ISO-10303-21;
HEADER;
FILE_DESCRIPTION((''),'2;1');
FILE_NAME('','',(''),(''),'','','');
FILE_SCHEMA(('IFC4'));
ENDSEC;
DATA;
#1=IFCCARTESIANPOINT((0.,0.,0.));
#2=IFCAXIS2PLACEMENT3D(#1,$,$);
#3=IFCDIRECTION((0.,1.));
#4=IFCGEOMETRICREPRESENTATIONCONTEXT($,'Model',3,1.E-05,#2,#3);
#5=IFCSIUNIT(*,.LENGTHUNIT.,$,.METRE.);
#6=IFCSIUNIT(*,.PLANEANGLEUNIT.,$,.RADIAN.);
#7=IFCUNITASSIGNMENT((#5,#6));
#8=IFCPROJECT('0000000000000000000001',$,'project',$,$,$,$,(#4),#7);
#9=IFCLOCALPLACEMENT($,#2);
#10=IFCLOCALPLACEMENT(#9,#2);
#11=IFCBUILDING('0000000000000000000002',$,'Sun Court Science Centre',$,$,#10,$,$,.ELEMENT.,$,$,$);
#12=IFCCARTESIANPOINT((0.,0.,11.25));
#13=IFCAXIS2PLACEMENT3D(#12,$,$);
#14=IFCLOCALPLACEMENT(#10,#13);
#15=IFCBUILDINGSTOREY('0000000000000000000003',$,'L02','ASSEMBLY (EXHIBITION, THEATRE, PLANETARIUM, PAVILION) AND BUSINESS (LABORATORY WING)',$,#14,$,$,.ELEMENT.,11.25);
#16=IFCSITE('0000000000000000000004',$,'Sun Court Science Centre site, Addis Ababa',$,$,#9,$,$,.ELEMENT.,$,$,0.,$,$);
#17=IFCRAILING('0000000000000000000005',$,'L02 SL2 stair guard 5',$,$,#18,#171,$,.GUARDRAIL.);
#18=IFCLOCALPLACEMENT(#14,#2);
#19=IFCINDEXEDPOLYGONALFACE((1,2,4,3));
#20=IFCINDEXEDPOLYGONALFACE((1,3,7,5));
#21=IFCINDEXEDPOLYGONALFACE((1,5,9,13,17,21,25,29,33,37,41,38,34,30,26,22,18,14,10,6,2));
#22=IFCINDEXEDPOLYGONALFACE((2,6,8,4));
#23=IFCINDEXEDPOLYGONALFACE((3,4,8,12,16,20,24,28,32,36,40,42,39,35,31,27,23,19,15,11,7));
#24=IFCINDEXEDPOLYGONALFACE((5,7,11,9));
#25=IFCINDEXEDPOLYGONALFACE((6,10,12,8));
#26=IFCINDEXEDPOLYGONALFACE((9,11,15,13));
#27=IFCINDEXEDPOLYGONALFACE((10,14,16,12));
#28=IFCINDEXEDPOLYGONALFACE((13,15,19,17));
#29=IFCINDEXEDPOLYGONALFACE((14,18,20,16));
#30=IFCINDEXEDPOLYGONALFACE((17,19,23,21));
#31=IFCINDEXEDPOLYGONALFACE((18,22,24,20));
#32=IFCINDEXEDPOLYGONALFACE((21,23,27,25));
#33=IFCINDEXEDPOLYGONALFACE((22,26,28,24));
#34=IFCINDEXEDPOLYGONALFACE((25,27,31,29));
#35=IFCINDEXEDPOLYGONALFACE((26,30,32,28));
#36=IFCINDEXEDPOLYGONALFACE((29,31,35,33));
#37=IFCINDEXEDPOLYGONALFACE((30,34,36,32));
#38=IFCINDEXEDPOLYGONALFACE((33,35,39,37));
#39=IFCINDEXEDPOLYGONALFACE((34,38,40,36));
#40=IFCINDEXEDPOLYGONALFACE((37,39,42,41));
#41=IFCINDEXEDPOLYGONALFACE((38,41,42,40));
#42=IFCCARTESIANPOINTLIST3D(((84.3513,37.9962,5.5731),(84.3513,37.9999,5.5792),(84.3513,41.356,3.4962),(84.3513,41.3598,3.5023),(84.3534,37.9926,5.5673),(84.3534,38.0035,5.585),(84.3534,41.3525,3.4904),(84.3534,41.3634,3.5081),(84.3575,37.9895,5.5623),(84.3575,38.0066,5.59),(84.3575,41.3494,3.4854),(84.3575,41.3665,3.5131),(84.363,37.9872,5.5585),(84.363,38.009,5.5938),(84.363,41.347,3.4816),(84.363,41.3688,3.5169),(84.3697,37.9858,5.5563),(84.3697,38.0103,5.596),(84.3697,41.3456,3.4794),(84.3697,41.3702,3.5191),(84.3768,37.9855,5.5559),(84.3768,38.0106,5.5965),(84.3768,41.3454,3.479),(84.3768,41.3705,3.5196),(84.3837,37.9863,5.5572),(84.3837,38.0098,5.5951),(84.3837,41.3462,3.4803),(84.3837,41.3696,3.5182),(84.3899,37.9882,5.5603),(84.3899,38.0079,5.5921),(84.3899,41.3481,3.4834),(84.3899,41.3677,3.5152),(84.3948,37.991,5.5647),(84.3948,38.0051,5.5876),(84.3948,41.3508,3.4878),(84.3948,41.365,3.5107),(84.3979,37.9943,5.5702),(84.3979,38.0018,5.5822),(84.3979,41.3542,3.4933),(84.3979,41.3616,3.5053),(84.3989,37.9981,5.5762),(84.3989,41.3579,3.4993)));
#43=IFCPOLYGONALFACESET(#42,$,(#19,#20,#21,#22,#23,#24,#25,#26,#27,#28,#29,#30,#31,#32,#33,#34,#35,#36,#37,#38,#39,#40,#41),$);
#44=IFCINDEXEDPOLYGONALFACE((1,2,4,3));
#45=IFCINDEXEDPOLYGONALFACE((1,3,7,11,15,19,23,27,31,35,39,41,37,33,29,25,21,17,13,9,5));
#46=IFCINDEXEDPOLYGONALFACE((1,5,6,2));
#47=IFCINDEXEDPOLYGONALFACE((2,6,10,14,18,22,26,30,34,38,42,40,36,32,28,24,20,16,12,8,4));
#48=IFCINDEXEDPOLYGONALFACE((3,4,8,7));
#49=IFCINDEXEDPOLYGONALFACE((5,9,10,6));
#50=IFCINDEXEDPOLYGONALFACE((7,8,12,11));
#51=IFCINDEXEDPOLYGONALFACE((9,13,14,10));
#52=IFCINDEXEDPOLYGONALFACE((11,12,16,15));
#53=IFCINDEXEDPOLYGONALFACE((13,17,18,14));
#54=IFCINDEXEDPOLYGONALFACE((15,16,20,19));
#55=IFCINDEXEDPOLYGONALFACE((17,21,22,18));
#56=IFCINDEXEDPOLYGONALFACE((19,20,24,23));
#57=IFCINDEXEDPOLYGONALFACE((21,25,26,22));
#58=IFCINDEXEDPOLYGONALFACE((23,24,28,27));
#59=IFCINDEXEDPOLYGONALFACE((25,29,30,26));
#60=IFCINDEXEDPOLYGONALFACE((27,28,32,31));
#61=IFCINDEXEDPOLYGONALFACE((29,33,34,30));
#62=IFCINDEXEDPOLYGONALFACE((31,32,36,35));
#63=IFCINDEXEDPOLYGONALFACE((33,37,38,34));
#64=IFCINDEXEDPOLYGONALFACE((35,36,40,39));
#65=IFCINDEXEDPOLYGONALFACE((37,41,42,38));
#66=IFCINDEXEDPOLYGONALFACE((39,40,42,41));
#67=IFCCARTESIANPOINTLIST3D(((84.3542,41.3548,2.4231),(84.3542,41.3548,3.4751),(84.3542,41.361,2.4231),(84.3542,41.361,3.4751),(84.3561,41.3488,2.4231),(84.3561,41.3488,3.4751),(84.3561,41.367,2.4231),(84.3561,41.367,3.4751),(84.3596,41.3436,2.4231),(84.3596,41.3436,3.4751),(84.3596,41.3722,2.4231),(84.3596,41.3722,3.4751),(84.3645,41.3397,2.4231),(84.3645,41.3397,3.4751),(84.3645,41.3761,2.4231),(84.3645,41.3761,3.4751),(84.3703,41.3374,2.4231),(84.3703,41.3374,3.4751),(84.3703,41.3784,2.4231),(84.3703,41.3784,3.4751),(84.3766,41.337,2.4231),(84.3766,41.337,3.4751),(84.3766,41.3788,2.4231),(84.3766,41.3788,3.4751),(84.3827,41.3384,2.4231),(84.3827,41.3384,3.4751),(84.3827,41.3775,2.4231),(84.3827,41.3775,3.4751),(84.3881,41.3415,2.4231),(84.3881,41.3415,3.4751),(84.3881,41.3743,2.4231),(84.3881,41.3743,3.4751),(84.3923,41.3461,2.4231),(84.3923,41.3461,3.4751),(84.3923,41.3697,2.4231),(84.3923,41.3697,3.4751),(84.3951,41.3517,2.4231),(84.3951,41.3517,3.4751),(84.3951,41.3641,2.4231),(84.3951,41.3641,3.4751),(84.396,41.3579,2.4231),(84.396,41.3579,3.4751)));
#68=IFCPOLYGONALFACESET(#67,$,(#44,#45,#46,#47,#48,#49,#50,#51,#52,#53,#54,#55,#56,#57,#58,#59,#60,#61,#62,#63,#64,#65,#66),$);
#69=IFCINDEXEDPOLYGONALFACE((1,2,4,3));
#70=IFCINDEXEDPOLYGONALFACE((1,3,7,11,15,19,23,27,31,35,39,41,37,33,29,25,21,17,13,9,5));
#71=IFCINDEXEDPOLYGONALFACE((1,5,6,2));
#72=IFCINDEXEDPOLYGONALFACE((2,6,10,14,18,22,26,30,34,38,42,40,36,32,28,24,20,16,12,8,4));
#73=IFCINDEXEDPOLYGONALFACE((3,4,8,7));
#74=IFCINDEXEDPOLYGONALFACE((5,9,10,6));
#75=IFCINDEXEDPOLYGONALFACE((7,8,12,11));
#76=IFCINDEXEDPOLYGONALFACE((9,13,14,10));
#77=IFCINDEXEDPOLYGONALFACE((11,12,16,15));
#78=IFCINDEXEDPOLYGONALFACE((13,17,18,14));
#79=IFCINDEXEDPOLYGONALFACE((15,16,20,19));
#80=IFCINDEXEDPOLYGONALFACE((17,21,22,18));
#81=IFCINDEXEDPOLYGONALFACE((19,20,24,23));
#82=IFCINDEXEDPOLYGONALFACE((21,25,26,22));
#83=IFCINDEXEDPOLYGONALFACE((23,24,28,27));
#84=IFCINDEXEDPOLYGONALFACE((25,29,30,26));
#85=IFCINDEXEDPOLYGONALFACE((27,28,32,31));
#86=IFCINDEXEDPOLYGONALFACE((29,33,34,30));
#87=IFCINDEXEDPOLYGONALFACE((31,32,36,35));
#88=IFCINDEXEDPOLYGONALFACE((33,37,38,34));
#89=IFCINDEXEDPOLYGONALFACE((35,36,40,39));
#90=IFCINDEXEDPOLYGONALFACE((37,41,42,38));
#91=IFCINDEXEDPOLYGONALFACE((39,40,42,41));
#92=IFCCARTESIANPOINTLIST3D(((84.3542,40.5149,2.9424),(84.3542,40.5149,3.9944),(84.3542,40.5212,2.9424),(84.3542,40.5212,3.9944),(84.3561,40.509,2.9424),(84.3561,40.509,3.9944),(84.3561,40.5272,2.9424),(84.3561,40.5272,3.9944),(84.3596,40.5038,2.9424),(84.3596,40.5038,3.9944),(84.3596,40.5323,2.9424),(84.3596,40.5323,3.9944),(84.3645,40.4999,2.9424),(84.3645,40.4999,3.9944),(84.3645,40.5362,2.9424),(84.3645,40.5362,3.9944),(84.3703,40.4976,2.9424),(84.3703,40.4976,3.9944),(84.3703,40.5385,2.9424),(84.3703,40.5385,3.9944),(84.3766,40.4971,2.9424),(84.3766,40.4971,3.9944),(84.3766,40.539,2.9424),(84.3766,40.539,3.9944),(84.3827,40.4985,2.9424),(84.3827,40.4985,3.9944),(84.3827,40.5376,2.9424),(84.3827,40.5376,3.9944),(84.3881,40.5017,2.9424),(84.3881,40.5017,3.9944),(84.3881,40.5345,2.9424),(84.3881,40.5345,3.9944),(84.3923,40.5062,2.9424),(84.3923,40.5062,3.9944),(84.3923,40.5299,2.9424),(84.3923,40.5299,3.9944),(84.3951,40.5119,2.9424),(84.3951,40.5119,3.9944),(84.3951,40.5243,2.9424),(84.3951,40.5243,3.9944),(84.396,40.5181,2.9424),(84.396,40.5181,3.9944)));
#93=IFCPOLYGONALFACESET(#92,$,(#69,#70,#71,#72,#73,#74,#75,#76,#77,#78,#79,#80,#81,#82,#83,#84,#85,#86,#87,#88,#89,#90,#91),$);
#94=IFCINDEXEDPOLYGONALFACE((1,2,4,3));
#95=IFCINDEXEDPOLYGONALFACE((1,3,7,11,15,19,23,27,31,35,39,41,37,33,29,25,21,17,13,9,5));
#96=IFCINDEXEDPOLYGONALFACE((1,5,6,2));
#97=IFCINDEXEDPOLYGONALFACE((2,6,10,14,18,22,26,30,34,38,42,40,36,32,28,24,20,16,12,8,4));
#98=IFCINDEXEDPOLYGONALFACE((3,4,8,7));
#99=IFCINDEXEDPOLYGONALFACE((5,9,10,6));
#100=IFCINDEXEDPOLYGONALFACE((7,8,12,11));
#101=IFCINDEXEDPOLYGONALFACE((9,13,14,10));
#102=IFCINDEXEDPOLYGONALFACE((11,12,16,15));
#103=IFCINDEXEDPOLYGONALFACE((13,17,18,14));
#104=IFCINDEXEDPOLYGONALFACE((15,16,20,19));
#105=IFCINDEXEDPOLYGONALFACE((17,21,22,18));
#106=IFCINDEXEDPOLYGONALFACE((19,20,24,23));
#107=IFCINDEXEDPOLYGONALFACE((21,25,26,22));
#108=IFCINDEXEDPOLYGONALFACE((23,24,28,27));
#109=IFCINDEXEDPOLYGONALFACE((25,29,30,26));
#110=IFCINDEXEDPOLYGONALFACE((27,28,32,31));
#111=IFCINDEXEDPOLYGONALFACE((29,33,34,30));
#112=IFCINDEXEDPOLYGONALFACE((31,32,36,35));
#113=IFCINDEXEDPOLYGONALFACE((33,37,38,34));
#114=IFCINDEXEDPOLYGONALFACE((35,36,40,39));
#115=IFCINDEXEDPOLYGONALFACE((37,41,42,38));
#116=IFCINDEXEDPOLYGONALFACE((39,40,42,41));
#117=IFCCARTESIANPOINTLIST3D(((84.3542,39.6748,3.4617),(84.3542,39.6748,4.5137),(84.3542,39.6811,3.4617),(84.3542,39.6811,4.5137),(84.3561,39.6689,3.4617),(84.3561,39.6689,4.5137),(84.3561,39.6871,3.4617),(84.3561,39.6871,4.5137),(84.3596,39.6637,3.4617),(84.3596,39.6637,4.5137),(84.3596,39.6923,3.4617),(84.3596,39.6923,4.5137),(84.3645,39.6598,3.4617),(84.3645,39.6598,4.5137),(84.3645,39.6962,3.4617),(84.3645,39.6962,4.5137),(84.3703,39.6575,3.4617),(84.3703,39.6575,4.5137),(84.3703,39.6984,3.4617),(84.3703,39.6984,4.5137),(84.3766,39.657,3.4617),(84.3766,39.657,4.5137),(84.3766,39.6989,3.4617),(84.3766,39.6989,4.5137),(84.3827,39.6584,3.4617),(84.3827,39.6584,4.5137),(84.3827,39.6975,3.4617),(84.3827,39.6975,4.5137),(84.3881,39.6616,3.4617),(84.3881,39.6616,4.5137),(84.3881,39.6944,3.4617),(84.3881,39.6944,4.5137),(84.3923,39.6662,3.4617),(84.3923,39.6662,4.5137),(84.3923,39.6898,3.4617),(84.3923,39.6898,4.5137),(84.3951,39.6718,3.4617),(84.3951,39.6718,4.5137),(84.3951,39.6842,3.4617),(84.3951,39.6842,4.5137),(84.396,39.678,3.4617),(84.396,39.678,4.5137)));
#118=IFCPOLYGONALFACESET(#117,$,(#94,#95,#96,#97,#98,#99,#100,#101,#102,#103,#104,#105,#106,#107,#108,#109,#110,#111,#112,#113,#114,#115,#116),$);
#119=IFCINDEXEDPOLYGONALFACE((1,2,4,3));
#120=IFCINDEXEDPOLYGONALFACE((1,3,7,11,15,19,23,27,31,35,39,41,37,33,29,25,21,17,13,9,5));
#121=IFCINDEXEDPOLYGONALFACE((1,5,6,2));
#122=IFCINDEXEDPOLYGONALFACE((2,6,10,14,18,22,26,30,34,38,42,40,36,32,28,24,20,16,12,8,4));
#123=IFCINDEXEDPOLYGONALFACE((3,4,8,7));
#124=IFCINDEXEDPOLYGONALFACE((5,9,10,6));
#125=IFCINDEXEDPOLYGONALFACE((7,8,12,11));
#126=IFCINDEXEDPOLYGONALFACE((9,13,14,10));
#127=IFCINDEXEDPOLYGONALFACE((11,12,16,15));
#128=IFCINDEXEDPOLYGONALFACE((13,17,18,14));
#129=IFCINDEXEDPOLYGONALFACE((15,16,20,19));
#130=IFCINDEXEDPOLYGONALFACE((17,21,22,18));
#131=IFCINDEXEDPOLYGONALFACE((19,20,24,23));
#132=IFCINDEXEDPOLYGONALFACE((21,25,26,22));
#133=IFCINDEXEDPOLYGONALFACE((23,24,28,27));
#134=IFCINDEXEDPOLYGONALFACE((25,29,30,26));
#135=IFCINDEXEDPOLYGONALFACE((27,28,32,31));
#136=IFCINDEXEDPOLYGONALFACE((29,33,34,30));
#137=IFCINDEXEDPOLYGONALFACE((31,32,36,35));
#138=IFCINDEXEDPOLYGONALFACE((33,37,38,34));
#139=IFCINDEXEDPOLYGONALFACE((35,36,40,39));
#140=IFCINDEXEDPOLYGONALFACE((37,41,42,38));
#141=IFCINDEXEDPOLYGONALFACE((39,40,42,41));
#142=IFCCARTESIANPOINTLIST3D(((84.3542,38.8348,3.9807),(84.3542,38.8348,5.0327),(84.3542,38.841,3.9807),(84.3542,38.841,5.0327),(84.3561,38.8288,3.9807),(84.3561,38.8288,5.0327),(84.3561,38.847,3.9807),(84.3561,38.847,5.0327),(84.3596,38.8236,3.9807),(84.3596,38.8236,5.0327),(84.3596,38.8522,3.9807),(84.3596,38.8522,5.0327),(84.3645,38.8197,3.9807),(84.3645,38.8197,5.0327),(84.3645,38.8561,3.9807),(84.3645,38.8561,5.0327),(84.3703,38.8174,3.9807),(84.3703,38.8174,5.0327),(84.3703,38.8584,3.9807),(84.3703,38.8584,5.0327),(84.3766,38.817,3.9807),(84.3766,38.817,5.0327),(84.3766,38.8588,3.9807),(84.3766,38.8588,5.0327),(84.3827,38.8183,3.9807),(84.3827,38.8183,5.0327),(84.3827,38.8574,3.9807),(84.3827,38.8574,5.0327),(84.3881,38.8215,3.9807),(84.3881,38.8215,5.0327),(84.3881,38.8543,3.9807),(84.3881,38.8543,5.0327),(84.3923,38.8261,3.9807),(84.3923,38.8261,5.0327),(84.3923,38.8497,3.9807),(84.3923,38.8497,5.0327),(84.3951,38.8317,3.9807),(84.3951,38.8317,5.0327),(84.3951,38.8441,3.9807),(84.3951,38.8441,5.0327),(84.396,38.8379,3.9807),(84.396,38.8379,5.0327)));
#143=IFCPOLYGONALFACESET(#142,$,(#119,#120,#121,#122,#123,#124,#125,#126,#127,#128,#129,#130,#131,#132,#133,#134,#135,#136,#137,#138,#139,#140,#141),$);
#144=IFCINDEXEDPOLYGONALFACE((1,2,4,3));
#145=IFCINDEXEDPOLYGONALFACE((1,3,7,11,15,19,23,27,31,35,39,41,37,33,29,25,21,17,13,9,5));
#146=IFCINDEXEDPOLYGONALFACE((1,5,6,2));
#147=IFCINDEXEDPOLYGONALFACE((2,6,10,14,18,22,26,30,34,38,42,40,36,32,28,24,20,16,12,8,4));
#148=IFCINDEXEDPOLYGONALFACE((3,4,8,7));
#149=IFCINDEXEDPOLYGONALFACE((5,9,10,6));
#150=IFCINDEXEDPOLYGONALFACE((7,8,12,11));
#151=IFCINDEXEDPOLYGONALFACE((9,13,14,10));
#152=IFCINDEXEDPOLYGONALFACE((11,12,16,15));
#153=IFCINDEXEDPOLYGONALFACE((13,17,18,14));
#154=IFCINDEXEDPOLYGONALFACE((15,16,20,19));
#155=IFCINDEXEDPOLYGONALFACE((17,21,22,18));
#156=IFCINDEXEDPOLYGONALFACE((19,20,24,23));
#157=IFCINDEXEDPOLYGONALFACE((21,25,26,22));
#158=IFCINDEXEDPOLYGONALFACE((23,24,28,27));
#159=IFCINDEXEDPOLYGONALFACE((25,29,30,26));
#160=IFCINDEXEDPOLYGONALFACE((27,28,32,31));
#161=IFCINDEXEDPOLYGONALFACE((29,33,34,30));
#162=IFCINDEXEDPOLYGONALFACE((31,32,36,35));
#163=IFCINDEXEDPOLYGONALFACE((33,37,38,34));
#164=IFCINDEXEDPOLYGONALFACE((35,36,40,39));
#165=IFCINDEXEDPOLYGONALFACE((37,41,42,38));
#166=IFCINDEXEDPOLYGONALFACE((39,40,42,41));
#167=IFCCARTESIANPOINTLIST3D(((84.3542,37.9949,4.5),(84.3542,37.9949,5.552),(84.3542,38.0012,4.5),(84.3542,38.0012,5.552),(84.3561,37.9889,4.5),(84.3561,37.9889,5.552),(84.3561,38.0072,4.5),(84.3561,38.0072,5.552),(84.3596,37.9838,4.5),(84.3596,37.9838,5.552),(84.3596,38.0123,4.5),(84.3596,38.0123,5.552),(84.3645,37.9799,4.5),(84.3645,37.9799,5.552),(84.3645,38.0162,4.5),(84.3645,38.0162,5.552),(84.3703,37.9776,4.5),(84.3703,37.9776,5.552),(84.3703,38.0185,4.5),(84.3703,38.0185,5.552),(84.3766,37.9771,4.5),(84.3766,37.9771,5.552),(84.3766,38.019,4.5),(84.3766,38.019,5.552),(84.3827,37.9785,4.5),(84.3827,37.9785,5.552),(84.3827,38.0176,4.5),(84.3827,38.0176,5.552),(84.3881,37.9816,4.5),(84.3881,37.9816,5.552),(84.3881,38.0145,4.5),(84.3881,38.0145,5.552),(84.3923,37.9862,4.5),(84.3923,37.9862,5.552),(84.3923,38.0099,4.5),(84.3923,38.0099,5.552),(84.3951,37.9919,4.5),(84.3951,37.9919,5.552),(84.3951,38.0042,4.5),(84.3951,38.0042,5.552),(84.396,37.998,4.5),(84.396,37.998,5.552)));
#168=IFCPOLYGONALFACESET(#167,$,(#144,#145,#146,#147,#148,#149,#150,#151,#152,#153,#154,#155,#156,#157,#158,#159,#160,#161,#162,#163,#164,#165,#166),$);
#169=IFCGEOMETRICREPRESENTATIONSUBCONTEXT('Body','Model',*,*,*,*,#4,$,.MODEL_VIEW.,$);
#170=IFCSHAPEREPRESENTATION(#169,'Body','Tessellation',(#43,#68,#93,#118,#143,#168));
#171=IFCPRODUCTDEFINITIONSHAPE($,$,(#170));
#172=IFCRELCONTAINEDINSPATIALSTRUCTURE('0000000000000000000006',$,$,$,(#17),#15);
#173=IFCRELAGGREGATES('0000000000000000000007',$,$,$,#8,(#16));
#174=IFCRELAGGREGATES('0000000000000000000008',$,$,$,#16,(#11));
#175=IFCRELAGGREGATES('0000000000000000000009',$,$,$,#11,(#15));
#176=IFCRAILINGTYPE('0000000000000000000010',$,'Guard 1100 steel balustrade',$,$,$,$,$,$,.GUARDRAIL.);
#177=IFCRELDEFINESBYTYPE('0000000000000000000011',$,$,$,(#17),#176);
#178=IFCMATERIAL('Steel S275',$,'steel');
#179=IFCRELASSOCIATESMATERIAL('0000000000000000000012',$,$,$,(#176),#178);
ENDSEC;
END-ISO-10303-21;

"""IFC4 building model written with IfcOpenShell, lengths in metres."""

from ifc_helpers import new_model, si_unit, direction, frame, origin, origin_2d, place, context, subcontext, project, spatial, circle, extrude, material, type_object, element, save


model = new_model("IFC4")

# Units and contexts
model_context = context("Model", 3, precision=1e-05, world=origin(), true_north=direction((0.0, 1.0)))
body_context = subcontext(model_context, "Body", "Model", "MODEL_VIEW")
ifc_project = project(units=[si_unit("LENGTHUNIT", "METRE"), si_unit("PLANEANGLEUNIT", "RADIAN")], contexts=[model_context])

# Site, building, storey
site_placement = place(None, origin())
site = spatial("IfcSite", under=ifc_project, at=site_placement, Name="Sun Court Science Centre site, Addis Ababa", CompositionType="ELEMENT", RefElevation=0.0)
building_placement = place(site_placement, origin())
building = spatial("IfcBuilding", under=site, at=building_placement, Name="Sun Court Science Centre", CompositionType="ELEMENT")
storey_placement = place(building_placement, frame((0.0, 0.0, 11.25)))
storey = spatial("IfcBuildingStorey", under=building, at=storey_placement, Name="L02", Description="ASSEMBLY (EXHIBITION, THEATRE, PLANETARIUM, PAVILION) AND BUSINESS (LABORATORY WING)", CompositionType="ELEMENT", Elevation=11.25)

# Railing
ifc_material_1 = material(Name="Steel S275", Category="steel")
railing_type_1 = type_object("IfcRailingType", Name="Guard 1100 steel balustrade", PredefinedType="GUARDRAIL", material=ifc_material_1)
railing_1_placement = place(storey_placement, frame((84.375, 41.3579, 2.4231)))
element("IfcRailing", 1, at=railing_1_placement, inside=storey, type_object=railing_type_1, Name="L02 SL2 stair guard 5", PredefinedType="GUARDRAIL", context=body_context, shape_type="SweptSolid", body=[
    extrude(circle(Radius=0.0239, at=origin_2d()), frame((0.0, 0.0, 1.0762), z_axis=(0.0, -0.850606, 0.525803), x_axis=(1.0, 0.0, 0.0)), (0.0, 0.0, 1.0), 3.95),
    extrude(circle(Radius=0.021, at=origin_2d()), origin(), (0.0, 0.0, 1.0), 1.052),
    extrude(circle(Radius=0.021, at=origin_2d()), frame((0.0, -0.8398, 0.5193)), (0.0, 0.0, 1.0), 1.052),
    extrude(circle(Radius=0.021, at=origin_2d()), frame((0.0, -1.6799, 1.0386)), (0.0, 0.0, 1.0), 1.052),
    extrude(circle(Radius=0.021, at=origin_2d()), frame((0.0, -2.52, 1.5576)), (0.0, 0.0, 1.0), 1.052),
    extrude(circle(Radius=0.021, at=origin_2d()), frame((0.0, -3.3599, 2.0769)), (0.0, 0.0, 1.0), 1.052),
])

save(model, "model.ifc")
